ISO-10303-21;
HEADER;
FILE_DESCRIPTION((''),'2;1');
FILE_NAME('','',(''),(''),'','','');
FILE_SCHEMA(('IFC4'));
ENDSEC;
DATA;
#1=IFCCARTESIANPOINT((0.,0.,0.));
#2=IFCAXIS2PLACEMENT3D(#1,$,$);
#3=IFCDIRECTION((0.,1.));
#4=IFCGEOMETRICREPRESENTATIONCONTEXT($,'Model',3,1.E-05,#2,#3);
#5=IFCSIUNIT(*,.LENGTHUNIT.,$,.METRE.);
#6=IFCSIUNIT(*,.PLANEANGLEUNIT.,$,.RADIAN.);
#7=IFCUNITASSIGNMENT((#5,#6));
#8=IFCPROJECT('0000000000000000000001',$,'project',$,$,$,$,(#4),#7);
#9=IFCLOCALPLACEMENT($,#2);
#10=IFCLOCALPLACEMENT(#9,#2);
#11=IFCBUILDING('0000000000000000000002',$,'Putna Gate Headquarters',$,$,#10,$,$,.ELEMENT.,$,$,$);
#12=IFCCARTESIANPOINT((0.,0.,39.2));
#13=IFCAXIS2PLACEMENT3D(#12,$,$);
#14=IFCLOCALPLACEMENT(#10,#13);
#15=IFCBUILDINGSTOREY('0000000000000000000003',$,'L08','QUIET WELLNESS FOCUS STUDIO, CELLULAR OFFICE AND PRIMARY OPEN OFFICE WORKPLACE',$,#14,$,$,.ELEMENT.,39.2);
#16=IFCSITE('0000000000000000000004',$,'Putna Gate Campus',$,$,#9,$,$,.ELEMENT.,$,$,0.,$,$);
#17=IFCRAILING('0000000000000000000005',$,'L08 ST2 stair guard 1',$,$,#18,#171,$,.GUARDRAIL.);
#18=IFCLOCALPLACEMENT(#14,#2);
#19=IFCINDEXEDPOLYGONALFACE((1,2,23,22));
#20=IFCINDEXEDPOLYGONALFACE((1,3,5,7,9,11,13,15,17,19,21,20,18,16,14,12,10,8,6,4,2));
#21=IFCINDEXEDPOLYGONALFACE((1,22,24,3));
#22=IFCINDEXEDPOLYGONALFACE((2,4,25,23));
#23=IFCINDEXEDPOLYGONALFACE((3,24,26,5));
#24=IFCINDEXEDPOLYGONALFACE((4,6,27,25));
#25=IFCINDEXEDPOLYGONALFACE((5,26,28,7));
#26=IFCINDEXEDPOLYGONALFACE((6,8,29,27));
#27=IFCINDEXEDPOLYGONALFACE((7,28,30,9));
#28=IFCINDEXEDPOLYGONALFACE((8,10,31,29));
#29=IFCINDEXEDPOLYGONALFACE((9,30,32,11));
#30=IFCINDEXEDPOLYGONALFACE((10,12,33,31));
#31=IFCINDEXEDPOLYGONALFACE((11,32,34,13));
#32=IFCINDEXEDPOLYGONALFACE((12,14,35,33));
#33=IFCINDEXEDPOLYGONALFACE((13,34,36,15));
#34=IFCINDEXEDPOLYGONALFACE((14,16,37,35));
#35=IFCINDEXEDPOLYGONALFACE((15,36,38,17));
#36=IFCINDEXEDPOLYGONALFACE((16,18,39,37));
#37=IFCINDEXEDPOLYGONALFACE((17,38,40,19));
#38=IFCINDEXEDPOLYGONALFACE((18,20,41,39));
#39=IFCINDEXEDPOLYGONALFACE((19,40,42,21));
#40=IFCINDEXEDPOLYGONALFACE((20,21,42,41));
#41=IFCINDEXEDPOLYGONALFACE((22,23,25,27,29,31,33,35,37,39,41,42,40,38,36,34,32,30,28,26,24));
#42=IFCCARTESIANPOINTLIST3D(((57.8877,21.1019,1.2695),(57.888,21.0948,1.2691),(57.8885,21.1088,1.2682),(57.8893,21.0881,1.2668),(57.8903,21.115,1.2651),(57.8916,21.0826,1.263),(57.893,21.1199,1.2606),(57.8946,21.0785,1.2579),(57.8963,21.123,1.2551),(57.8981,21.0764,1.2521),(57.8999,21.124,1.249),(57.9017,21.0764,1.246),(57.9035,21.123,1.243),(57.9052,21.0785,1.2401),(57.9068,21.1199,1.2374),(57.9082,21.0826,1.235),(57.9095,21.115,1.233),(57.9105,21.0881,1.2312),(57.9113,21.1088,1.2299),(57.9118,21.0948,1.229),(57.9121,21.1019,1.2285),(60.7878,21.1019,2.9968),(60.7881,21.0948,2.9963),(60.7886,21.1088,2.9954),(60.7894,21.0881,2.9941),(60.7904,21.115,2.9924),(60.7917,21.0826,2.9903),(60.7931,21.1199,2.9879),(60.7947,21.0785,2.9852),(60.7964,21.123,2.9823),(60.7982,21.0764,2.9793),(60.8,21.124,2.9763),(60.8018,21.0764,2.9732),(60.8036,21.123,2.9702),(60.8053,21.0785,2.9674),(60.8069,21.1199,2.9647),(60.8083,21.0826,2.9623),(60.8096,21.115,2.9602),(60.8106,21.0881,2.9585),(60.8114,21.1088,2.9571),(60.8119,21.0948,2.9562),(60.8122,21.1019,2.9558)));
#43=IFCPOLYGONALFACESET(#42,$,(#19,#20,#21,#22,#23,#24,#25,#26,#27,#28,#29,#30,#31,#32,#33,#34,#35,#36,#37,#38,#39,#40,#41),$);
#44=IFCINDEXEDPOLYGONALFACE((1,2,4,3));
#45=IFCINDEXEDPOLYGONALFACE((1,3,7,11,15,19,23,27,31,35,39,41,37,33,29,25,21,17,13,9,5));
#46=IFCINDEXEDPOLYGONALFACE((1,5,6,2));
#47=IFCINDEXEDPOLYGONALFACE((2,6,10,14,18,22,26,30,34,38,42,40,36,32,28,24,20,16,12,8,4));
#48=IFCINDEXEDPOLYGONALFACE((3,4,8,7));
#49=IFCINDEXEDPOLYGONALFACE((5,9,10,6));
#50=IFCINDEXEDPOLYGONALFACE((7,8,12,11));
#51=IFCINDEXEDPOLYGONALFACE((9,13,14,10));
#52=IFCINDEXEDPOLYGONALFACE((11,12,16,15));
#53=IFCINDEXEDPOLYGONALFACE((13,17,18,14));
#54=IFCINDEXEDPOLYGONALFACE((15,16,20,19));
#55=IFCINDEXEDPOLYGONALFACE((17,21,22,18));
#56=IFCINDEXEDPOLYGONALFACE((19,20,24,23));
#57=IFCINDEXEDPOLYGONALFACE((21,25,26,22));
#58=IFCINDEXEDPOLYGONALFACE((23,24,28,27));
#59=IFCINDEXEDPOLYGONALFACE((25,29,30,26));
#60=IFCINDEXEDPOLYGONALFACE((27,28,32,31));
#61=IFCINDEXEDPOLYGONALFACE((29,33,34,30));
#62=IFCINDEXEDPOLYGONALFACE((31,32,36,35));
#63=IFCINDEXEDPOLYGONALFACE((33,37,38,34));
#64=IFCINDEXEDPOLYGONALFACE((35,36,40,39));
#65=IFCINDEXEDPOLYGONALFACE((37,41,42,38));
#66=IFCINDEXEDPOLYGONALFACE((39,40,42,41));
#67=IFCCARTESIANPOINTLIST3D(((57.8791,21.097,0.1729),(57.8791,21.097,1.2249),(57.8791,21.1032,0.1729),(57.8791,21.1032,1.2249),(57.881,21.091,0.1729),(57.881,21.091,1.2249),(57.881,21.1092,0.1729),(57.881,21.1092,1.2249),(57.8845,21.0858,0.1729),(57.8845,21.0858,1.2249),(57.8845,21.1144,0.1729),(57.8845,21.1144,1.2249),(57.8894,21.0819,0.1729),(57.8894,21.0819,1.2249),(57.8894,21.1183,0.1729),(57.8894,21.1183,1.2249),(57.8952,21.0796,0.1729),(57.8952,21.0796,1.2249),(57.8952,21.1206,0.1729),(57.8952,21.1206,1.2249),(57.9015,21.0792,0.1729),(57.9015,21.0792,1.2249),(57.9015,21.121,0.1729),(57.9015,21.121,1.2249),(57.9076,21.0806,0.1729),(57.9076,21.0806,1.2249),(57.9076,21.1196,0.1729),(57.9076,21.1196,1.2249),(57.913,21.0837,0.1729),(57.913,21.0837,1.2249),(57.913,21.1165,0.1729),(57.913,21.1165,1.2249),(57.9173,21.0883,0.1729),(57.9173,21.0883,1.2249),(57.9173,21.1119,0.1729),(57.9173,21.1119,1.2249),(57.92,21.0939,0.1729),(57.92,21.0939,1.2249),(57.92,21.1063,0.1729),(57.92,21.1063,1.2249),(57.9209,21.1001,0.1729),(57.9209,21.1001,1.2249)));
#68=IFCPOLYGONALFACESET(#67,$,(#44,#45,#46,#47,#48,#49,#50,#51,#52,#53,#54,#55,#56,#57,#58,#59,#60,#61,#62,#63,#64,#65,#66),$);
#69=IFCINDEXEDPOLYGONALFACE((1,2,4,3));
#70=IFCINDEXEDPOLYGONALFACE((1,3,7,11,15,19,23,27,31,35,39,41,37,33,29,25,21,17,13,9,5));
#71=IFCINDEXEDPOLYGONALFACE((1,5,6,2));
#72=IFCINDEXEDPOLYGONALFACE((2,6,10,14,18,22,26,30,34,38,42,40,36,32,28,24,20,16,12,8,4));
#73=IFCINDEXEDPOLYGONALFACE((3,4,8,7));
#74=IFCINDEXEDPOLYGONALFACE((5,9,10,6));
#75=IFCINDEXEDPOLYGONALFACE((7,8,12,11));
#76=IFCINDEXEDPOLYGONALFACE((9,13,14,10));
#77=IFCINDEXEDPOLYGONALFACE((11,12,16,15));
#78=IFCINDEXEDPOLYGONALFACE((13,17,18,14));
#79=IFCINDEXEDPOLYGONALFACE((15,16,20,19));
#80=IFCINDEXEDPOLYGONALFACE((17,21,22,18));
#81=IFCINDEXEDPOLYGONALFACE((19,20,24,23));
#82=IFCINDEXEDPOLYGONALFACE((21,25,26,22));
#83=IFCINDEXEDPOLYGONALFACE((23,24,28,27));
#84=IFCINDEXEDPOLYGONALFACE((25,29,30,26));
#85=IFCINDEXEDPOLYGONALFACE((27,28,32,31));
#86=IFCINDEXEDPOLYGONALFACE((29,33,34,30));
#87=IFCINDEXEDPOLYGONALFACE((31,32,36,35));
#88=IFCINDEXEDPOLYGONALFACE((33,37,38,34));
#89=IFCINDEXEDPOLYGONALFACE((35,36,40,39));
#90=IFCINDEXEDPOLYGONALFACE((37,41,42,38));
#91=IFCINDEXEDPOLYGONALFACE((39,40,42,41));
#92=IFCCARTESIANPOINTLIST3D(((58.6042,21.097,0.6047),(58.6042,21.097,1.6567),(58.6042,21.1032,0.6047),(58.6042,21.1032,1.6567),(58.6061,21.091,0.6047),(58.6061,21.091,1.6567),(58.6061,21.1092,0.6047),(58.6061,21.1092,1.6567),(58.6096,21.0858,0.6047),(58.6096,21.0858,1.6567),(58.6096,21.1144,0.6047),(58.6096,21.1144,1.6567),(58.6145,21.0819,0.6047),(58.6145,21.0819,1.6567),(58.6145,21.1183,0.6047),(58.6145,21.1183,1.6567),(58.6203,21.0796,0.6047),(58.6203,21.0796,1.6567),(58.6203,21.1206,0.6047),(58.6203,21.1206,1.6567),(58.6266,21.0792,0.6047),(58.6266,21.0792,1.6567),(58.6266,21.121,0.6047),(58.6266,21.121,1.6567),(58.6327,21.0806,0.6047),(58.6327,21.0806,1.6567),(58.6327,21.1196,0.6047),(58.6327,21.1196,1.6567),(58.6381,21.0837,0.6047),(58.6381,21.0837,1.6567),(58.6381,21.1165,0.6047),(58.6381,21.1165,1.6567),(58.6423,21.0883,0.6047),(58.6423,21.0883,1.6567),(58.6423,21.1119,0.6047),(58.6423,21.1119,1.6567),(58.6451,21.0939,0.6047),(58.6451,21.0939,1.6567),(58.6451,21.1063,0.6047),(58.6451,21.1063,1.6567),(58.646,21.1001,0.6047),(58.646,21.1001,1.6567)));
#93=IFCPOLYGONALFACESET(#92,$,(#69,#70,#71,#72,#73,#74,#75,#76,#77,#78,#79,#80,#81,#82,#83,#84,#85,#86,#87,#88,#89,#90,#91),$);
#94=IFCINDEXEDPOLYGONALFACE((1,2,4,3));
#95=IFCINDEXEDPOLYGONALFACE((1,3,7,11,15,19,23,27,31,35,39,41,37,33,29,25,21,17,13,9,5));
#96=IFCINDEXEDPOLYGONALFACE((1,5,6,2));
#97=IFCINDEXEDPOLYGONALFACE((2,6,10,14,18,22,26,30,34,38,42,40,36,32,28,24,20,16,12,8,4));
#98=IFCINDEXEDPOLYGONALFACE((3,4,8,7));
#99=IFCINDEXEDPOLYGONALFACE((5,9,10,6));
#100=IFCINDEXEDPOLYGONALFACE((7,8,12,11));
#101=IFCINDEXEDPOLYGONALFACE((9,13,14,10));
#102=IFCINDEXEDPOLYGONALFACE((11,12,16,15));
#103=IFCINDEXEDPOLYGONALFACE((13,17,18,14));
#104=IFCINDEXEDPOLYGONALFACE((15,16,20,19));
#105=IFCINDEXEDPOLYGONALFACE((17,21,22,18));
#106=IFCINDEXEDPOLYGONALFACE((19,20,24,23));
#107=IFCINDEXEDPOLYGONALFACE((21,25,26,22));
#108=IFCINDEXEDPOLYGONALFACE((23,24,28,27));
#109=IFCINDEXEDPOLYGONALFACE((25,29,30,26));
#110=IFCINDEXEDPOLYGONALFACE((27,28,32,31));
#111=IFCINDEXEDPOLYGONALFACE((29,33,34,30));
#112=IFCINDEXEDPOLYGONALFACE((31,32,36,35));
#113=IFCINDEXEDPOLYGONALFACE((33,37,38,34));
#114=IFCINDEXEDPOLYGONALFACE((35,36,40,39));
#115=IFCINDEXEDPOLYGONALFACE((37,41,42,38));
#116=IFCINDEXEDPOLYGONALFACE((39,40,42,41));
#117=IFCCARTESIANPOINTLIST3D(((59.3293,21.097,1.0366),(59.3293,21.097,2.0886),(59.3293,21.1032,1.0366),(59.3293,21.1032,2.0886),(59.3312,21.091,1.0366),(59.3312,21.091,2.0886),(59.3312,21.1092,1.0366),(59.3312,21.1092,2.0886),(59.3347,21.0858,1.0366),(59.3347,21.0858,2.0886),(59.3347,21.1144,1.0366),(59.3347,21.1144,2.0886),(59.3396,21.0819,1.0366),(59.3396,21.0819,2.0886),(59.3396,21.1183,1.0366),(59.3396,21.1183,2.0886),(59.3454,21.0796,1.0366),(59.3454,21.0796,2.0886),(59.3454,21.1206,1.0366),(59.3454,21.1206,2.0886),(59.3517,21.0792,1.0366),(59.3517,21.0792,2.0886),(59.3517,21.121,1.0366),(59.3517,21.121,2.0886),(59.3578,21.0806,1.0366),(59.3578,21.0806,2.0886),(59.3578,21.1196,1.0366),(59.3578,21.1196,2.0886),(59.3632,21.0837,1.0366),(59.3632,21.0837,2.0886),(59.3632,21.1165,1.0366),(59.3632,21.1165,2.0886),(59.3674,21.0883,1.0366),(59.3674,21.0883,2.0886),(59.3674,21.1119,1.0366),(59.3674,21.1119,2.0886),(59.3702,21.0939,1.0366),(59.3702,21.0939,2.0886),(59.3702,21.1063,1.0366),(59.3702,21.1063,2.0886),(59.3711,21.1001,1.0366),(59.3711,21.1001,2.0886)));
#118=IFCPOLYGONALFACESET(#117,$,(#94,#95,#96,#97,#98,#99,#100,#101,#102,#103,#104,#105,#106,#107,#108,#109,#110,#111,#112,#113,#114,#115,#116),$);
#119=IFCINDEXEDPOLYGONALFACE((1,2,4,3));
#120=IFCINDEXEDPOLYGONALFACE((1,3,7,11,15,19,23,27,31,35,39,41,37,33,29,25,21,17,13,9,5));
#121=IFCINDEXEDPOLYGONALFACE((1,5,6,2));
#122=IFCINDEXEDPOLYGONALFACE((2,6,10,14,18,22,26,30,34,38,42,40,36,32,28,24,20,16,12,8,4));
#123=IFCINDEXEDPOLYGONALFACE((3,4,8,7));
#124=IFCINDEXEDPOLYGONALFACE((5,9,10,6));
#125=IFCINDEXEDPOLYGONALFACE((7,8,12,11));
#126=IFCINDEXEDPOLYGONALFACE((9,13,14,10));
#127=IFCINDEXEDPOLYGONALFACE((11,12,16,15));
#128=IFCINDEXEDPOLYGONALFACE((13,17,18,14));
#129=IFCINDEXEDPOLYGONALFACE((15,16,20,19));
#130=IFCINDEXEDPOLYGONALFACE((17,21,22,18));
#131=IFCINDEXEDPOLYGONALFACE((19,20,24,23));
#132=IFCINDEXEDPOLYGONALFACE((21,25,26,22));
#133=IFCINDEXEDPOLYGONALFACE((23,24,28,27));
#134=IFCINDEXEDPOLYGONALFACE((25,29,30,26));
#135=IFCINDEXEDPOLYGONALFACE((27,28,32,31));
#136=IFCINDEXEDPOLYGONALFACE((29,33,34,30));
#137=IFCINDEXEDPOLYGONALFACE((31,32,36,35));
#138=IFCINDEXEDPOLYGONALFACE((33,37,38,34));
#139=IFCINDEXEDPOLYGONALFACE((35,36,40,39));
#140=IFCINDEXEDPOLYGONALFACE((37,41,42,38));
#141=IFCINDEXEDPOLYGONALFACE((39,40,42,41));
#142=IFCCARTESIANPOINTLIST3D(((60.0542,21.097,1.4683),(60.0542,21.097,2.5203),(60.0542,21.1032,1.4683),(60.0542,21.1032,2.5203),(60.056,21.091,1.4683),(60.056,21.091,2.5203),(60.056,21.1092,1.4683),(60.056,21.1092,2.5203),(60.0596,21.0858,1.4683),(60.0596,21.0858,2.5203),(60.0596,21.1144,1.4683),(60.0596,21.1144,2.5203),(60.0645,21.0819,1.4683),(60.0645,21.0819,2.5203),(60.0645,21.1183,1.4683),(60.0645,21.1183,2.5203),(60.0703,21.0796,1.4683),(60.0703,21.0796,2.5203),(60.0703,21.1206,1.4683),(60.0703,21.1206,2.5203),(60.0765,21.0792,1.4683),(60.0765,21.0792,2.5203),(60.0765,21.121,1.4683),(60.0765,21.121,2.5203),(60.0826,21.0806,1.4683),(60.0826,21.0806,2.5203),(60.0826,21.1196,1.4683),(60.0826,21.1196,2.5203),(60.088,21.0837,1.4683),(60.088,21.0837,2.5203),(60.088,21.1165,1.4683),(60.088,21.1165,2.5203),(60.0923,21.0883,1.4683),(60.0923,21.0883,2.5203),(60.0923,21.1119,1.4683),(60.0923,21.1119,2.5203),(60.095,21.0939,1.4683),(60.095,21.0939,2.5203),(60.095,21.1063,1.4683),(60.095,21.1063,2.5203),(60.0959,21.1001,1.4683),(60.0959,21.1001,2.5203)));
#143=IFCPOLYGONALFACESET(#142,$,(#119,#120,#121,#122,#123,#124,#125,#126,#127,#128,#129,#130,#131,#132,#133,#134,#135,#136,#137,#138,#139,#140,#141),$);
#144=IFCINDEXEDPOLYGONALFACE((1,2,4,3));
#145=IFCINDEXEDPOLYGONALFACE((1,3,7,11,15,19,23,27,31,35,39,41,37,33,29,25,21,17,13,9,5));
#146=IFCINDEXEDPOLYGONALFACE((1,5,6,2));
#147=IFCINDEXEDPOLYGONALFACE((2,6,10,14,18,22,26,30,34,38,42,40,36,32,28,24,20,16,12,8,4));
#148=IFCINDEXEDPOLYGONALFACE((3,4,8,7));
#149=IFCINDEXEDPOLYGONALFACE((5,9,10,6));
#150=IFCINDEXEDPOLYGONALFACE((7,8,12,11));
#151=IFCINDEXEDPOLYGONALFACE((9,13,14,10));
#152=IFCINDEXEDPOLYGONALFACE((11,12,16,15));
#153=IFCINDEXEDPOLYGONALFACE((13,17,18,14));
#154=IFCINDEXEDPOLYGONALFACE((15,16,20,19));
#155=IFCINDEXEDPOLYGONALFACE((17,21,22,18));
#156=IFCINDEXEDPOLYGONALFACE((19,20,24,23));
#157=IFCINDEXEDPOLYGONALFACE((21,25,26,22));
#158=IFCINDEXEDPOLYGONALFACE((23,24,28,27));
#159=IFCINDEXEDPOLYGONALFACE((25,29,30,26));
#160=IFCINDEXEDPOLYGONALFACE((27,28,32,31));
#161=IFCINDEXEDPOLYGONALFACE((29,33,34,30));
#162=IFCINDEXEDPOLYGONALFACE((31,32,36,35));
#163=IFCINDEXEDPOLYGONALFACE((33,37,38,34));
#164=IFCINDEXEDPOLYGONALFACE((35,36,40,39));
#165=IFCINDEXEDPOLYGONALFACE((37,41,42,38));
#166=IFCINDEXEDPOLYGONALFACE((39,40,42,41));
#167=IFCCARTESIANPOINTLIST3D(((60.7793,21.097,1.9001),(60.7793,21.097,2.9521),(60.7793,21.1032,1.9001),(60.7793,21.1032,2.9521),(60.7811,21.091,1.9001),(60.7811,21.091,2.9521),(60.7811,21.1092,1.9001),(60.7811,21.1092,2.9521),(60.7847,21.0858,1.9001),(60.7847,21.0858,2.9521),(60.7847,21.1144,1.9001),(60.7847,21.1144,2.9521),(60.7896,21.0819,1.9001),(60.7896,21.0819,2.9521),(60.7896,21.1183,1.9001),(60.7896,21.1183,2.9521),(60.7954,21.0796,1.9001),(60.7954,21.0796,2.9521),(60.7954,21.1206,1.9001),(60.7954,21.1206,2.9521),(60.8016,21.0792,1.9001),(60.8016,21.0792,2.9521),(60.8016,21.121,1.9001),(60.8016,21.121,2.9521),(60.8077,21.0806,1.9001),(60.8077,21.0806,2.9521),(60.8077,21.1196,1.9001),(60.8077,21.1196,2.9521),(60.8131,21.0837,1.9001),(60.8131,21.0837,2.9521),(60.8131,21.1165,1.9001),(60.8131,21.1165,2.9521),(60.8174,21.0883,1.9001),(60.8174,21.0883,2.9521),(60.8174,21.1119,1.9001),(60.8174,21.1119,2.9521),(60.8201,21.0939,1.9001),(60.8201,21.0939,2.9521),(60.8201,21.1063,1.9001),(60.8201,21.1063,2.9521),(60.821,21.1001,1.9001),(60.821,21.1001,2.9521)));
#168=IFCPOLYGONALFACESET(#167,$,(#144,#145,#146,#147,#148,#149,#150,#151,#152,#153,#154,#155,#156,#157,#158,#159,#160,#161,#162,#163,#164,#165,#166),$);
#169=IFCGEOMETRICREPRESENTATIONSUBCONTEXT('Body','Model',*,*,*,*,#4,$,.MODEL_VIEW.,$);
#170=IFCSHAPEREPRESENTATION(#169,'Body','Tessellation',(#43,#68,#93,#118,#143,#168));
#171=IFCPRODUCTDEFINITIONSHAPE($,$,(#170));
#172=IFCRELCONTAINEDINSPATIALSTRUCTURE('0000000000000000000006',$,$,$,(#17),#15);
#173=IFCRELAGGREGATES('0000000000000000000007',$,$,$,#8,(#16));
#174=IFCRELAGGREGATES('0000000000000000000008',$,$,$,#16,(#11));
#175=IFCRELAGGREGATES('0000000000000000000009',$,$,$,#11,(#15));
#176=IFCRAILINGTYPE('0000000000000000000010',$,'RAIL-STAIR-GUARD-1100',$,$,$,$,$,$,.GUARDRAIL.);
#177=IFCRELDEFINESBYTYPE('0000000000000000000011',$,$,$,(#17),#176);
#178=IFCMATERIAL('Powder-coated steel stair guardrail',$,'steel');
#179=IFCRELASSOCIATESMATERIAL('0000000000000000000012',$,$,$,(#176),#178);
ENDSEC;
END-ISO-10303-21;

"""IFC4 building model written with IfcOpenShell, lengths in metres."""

from ifc_helpers import new_model, si_unit, direction, frame, origin, origin_2d, place, context, subcontext, project, spatial, circle, extrude, material, type_object, element, save


model = new_model("IFC4")

# Units and contexts
model_context = context("Model", 3, precision=1e-05, world=origin(), true_north=direction((0.0, 1.0)))
body_context = subcontext(model_context, "Body", "Model", "MODEL_VIEW")
ifc_project = project(units=[si_unit("LENGTHUNIT", "METRE"), si_unit("PLANEANGLEUNIT", "RADIAN")], contexts=[model_context])

# Site, building, storey
site_placement = place(None, origin())
site = spatial("IfcSite", under=ifc_project, at=site_placement, Name="Putna Gate Campus", CompositionType="ELEMENT", RefElevation=0.0)
building_placement = place(site_placement, origin())
building = spatial("IfcBuilding", under=site, at=building_placement, Name="Putna Gate Headquarters", CompositionType="ELEMENT")
storey_placement = place(building_placement, frame((0.0, 0.0, 39.2)))
storey = spatial("IfcBuildingStorey", under=building, at=storey_placement, Name="L08", Description="QUIET WELLNESS FOCUS STUDIO, CELLULAR OFFICE AND PRIMARY OPEN OFFICE WORKPLACE", CompositionType="ELEMENT", Elevation=39.2)

# Railing
ifc_material_1 = material(Name="Powder-coated steel stair guardrail", Category="steel")
railing_type = type_object("IfcRailingType", Name="RAIL-STAIR-GUARD-1100", PredefinedType="GUARDRAIL", material=ifc_material_1)
railing_1_placement = place(storey_placement, frame((57.8999, 21.1001, 0.1729)))
element("IfcRailing", 1, at=railing_1_placement, inside=storey, type_object=railing_type, Name="L08 ST2 stair guard 1", PredefinedType="GUARDRAIL", context=body_context, shape_type="SweptSolid", body=[
    extrude(circle(Radius=0.0239, at=origin_2d()), frame((0.0, 0.0, 1.0762), z_axis=(0.85916, 0.0, 0.511706), x_axis=(0.0, 1.0, 0.0)), (0.0, 0.0, 1.0), 3.3755),
    extrude(circle(Radius=0.021, at=origin_2d()), origin(), (0.0, 0.0, 1.0), 1.052),
    extrude(circle(Radius=0.021, at=origin_2d()), frame((0.7251, 0.0, 0.4319)), (0.0, 0.0, 1.0), 1.052),
    extrude(circle(Radius=0.021, at=origin_2d()), frame((1.4502, 0.0, 0.8638)), (0.0, 0.0, 1.0), 1.052),
    extrude(circle(Radius=0.021, at=origin_2d()), frame((2.175, 0.0, 1.2954)), (0.0, 0.0, 1.0), 1.052),
    extrude(circle(Radius=0.021, at=origin_2d()), frame((2.9001, 0.0, 1.7273)), (0.0, 0.0, 1.0), 1.052),
])

save(model, "model.ifc")
